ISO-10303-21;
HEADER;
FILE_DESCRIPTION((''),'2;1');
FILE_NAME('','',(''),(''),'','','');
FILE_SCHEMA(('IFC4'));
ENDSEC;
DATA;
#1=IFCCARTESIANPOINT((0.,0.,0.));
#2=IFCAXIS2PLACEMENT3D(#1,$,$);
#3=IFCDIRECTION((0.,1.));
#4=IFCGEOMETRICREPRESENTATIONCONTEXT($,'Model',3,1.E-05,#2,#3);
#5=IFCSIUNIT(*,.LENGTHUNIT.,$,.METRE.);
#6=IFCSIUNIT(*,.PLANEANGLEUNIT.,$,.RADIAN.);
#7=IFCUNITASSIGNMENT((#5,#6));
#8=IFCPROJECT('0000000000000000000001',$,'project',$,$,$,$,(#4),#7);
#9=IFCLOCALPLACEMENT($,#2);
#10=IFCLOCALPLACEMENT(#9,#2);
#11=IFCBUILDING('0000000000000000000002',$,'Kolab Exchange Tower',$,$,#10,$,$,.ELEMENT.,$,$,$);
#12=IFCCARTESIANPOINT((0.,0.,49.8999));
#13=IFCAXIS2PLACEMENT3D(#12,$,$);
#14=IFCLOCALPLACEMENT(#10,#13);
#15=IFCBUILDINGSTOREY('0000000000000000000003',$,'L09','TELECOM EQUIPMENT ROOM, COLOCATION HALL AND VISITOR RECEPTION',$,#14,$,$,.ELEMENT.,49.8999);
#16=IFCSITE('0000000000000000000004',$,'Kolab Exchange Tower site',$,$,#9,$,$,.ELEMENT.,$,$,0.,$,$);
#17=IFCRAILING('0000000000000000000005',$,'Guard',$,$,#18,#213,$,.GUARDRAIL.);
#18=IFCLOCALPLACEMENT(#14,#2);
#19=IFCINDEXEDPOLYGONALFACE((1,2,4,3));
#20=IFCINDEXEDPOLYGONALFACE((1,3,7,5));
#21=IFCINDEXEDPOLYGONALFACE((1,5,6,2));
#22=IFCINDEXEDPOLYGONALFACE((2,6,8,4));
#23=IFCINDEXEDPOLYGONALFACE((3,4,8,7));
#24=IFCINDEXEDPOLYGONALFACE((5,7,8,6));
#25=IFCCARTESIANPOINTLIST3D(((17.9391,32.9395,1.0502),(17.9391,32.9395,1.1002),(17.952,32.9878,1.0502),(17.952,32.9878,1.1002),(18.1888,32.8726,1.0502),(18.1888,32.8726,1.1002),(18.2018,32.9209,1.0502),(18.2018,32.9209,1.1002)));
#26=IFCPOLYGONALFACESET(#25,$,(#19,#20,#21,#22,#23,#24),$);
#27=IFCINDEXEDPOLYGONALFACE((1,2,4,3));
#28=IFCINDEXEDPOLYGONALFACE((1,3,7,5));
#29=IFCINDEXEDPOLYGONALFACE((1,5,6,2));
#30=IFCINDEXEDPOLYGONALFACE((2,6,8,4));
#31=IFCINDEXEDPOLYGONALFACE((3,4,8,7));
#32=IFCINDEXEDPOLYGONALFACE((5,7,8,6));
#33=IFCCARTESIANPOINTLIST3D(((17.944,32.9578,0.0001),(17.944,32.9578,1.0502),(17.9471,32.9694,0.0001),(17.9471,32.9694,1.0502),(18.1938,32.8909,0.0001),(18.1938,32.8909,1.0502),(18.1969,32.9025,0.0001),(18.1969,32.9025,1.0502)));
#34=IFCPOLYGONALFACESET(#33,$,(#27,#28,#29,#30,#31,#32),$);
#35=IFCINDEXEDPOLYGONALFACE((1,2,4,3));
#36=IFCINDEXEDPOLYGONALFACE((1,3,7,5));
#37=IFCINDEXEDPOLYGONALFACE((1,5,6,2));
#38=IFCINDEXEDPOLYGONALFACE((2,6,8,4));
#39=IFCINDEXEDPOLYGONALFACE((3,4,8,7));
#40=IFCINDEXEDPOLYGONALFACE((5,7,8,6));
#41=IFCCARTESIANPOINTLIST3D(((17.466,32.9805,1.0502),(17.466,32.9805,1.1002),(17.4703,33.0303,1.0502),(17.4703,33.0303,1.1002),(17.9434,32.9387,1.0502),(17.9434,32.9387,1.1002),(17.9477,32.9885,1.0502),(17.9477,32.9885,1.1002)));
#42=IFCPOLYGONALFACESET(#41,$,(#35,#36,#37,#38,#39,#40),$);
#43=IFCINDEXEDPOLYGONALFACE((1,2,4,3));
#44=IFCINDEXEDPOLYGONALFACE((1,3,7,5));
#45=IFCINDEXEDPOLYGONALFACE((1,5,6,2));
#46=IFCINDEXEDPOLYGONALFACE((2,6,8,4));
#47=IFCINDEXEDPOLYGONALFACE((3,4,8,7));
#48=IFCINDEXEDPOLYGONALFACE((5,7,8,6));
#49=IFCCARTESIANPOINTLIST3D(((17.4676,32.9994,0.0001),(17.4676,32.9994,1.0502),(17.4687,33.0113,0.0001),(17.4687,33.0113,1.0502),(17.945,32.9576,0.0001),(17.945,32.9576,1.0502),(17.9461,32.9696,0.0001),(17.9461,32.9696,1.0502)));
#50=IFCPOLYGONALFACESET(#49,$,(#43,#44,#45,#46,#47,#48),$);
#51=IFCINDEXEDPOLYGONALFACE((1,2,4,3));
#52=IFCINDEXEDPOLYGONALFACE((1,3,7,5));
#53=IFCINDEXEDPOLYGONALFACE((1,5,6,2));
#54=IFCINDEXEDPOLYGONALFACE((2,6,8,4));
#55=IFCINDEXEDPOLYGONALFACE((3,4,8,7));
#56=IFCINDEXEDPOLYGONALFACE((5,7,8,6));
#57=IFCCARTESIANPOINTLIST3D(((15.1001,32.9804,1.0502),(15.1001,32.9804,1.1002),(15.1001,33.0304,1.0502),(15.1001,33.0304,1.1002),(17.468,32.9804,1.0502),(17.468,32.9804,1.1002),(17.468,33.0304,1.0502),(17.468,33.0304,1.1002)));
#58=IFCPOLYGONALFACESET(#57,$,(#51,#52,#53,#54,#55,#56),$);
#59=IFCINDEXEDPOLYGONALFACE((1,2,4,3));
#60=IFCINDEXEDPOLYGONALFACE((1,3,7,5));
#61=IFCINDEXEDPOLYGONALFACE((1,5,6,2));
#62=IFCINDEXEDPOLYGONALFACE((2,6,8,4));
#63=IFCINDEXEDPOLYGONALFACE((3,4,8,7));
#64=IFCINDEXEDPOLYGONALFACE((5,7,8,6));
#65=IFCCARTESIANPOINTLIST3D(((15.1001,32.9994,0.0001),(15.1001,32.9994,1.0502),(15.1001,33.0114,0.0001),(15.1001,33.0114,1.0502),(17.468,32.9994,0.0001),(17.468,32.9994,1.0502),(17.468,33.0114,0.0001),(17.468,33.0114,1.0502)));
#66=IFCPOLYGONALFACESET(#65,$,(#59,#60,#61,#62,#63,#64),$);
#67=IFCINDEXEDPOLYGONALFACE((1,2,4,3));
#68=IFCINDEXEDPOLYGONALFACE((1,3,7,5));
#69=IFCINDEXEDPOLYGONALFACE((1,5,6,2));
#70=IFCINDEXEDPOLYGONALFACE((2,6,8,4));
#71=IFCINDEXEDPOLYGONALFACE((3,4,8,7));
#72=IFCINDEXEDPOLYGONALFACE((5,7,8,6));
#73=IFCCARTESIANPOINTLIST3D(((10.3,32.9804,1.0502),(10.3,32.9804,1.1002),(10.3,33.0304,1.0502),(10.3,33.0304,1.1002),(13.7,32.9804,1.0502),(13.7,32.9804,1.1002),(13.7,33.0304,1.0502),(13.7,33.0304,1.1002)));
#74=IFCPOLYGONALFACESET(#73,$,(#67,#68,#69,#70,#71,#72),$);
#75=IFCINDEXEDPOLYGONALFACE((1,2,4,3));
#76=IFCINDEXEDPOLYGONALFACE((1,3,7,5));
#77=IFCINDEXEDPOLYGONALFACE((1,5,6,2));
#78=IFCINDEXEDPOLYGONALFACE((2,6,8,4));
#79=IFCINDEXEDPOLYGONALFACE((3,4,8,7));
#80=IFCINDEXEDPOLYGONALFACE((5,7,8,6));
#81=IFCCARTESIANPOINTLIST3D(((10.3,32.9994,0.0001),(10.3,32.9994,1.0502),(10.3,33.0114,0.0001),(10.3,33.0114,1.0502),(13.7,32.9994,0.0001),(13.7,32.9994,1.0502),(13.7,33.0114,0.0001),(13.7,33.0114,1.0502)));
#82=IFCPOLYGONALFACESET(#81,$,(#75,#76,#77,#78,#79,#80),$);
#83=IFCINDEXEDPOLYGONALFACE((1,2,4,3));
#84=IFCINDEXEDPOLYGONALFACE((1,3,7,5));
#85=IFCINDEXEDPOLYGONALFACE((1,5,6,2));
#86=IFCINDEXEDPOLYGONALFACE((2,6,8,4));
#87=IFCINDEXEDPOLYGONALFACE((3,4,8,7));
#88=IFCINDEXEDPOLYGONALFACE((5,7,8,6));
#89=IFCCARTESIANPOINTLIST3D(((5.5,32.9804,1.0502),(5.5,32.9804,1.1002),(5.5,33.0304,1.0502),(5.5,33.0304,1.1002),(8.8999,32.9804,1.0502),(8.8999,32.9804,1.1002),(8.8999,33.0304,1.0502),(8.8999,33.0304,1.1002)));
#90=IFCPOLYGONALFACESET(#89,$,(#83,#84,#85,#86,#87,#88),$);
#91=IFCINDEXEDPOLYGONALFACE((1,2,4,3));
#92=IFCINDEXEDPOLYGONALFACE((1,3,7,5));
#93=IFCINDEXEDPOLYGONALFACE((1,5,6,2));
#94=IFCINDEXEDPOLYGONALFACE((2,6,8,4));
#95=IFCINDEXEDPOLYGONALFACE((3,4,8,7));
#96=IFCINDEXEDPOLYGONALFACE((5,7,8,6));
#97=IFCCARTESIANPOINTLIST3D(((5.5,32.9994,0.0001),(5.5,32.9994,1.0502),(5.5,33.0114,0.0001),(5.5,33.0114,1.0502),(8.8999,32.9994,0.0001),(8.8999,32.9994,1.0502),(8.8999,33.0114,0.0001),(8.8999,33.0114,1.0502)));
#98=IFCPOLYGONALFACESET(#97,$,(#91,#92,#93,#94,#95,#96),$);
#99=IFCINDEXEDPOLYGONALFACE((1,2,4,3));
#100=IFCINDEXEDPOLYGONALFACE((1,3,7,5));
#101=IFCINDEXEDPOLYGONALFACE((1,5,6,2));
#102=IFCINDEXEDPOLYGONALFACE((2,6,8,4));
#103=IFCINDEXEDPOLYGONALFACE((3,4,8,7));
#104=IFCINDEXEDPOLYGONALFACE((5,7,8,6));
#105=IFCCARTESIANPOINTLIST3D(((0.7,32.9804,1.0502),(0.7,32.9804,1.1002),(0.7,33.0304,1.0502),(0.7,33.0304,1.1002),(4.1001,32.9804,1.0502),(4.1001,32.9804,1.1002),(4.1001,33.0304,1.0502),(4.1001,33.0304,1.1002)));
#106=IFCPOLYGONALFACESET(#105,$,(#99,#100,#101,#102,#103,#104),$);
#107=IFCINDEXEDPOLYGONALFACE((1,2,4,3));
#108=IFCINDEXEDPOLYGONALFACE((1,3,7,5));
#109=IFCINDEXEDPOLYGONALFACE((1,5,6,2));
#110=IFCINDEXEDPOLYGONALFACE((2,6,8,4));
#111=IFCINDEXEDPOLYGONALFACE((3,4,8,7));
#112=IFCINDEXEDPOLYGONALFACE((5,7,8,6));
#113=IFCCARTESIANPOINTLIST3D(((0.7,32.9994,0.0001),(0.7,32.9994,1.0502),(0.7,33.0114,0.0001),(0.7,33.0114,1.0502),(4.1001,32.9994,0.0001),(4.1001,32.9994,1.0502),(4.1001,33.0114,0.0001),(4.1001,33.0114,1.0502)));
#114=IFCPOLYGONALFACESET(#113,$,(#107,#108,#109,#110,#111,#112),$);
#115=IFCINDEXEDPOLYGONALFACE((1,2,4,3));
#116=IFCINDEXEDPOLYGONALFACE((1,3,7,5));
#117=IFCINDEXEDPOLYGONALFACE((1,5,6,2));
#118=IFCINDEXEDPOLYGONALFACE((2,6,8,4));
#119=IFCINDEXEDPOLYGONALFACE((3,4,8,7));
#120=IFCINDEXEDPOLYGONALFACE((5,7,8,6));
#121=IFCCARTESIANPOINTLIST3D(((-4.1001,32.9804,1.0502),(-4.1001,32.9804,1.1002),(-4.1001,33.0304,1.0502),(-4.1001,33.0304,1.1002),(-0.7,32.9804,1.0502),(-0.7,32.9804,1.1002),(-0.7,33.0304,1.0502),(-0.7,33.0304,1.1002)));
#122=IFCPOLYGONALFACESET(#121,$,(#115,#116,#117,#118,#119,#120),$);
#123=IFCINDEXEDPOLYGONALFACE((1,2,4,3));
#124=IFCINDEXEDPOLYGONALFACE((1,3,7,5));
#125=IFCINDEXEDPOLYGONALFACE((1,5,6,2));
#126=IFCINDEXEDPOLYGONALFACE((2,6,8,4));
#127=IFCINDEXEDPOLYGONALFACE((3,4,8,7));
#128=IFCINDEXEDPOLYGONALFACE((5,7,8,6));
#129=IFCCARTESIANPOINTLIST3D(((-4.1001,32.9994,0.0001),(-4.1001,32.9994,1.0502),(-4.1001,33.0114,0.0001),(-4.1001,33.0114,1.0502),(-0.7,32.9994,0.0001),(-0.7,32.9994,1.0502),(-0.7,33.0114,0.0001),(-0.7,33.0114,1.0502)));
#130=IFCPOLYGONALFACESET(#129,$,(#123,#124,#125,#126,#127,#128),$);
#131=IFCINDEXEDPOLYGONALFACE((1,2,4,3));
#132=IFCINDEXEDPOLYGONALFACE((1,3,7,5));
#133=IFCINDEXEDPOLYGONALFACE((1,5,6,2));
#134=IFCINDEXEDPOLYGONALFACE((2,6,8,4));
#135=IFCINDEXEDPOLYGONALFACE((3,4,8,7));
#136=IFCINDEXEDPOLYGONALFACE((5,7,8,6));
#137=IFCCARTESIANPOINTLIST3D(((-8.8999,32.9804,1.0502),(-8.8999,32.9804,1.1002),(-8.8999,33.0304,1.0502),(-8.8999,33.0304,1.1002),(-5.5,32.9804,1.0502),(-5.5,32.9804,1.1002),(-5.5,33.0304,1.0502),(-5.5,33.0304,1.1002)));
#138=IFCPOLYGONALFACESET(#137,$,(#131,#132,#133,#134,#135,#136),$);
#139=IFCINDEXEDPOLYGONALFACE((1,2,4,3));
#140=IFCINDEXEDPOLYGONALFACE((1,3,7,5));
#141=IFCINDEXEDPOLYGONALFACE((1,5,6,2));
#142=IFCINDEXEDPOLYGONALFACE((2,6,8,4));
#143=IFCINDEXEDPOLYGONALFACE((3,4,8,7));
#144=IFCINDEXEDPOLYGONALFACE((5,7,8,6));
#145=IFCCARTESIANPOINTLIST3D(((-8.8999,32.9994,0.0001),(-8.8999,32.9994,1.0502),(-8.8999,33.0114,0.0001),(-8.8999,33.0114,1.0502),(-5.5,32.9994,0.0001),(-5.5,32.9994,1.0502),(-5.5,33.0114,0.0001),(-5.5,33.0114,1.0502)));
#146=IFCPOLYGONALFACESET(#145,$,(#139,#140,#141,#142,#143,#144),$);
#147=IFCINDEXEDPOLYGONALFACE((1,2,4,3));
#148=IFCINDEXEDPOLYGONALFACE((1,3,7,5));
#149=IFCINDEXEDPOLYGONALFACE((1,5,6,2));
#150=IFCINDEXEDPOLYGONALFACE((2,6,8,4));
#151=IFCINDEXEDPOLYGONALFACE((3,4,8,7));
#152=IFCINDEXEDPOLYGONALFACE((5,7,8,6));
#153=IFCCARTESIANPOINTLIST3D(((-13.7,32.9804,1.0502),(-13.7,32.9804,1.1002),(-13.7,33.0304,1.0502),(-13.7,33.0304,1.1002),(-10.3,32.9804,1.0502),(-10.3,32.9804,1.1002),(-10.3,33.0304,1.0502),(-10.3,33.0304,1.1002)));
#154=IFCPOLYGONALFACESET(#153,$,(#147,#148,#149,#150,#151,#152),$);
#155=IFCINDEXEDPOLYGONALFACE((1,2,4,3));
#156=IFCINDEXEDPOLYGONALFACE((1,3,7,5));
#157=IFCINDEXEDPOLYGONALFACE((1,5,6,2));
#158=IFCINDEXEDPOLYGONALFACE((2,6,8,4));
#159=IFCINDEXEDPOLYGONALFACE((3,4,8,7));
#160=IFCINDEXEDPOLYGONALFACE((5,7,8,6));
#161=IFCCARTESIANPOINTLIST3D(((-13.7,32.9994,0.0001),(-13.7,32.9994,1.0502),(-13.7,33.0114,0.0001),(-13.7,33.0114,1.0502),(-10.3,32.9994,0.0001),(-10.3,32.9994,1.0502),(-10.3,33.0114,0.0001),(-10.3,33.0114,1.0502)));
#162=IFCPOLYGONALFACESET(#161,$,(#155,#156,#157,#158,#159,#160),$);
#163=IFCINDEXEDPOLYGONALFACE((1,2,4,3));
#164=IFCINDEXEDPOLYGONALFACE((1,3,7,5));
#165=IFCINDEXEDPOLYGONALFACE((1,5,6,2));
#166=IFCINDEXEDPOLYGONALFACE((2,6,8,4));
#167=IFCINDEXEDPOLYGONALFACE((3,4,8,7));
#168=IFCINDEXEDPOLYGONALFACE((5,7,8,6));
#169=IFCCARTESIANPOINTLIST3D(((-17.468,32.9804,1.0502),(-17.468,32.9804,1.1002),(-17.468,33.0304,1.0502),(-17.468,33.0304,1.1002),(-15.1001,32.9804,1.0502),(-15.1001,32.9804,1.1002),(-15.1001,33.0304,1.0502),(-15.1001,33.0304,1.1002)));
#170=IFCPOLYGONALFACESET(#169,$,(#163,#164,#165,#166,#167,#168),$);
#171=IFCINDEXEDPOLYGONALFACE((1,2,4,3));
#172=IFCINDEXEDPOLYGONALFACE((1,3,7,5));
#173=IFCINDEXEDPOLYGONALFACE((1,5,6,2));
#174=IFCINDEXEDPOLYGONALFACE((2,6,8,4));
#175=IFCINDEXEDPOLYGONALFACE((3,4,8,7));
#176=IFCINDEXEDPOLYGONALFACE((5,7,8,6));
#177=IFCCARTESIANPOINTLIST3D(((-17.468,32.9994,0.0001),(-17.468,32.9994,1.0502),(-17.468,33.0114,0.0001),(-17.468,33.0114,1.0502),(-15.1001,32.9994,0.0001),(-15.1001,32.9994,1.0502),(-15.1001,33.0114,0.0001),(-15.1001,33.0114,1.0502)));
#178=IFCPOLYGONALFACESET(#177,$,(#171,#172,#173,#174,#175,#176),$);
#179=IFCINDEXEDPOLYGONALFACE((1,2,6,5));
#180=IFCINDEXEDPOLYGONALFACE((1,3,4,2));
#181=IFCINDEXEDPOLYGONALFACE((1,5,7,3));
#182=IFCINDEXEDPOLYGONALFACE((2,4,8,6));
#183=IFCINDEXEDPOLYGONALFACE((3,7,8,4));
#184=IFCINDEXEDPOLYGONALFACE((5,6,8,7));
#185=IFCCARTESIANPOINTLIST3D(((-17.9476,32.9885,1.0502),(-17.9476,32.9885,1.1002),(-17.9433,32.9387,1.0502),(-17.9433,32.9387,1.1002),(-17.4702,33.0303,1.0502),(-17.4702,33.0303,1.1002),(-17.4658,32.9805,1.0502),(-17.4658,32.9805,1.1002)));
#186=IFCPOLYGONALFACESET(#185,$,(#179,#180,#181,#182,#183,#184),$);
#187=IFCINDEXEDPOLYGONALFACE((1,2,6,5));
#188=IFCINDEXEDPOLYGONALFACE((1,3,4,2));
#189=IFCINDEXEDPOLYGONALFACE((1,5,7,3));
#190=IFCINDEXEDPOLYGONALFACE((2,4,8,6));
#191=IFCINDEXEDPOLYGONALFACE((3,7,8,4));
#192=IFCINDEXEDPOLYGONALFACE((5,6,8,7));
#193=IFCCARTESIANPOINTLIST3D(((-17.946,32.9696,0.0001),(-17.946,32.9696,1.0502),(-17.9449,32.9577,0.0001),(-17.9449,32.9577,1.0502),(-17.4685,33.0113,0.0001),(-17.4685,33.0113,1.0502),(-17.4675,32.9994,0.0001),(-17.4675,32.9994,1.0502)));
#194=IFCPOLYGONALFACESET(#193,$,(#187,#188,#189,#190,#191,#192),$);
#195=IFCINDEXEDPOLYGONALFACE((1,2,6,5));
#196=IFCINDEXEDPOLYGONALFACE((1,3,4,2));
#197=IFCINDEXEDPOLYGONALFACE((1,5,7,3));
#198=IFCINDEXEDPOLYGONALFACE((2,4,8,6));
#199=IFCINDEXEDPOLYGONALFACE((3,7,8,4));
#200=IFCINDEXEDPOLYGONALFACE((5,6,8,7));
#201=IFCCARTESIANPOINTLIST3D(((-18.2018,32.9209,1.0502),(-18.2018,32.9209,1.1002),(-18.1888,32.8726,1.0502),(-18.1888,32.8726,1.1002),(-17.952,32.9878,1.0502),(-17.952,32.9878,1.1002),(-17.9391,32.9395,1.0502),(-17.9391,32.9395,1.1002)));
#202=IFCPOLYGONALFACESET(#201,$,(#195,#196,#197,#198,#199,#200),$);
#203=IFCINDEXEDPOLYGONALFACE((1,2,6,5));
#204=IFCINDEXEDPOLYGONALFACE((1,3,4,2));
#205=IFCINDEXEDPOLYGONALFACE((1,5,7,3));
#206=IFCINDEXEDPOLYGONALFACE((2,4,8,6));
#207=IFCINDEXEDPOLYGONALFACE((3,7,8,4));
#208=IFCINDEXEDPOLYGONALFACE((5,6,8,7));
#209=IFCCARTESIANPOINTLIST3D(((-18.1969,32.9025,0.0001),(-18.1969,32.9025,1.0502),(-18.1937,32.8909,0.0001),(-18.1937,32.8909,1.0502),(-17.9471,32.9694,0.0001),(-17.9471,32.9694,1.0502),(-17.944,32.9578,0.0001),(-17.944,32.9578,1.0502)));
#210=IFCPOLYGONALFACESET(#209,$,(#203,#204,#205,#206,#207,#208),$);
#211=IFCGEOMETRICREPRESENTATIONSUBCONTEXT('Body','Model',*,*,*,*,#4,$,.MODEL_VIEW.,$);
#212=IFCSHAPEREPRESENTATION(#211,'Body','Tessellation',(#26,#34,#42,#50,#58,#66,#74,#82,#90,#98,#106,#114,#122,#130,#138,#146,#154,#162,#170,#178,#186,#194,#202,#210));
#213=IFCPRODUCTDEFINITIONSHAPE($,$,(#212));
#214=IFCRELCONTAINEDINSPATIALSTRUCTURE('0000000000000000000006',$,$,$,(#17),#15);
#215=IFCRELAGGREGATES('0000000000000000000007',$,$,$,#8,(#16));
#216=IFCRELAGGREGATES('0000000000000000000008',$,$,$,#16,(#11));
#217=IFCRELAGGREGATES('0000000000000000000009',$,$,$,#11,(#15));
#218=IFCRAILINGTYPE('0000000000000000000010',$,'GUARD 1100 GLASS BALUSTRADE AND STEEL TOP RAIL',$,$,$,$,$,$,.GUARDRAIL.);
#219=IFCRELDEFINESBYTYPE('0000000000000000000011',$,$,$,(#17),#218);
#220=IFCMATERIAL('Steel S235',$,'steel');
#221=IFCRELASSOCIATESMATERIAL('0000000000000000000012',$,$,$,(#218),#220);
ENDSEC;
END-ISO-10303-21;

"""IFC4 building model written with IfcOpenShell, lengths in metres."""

from ifc_helpers import new_model, si_unit, direction, frame, frame_2d, origin, origin_2d, place, context, subcontext, project, spatial, rectangle, extrude, material, type_object, element, save


model = new_model("IFC4")

# Units and contexts
model_context = context("Model", 3, precision=1e-05, world=origin(), true_north=direction((0.0, 1.0)))
body_context = subcontext(model_context, "Body", "Model", "MODEL_VIEW")
ifc_project = project(units=[si_unit("LENGTHUNIT", "METRE"), si_unit("PLANEANGLEUNIT", "RADIAN")], contexts=[model_context])

# Site, building, storey
site_placement = place(None, origin())
site = spatial("IfcSite", under=ifc_project, at=site_placement, Name="Kolab Exchange Tower site", CompositionType="ELEMENT", RefElevation=0.0)
building_placement = place(site_placement, origin())
building = spatial("IfcBuilding", under=site, at=building_placement, Name="Kolab Exchange Tower", CompositionType="ELEMENT")
storey_placement = place(building_placement, frame((0.0, 0.0, 49.8999)))
storey = spatial("IfcBuildingStorey", under=building, at=storey_placement, Name="L09", Description="TELECOM EQUIPMENT ROOM, COLOCATION HALL AND VISITOR RECEPTION", CompositionType="ELEMENT", Elevation=49.8999)

# Railing
ifc_material_1 = material(Name="Steel S235", Category="steel")
railing_type = type_object("IfcRailingType", Name="GUARD 1100 GLASS BALUSTRADE AND STEEL TOP RAIL", PredefinedType="GUARDRAIL", material=ifc_material_1)
railing_placement = place(storey_placement, frame((18.1953, 32.8967, 0.0)))
element("IfcRailing", 1, at=railing_placement, inside=storey, type_object=railing_type, Name="Guard", PredefinedType="GUARDRAIL", context=body_context, shape_type="SweptSolid", body=[
    extrude(rectangle(XDim=0.05, YDim=0.05, at=origin_2d()), frame((0.0, 0.0, 1.0752), z_axis=(-0.965952, 0.25872, 0.0), x_axis=(-0.25872, -0.965952, 0.0)), (0.0, 0.0, 1.0), 0.2585),
    extrude(rectangle(XDim=0.012, YDim=1.0501, at=frame_2d((0.0, 0.5251))), frame((0.0, 0.0, 0.0), z_axis=(-0.965952, 0.25872, 0.0), x_axis=(-0.25872, -0.965952, 0.0)), (0.0, 0.0, 1.0), 0.2585),
    extrude(rectangle(XDim=0.05, YDim=0.05, at=origin_2d()), frame((-0.2498, 0.0669, 1.0752), z_axis=(-0.9962, 0.087091, 0.0), x_axis=(-0.087091, -0.9962, 0.0)), (0.0, 0.0, 1.0), 0.4792),
    extrude(rectangle(XDim=0.012, YDim=1.0501, at=frame_2d((0.0, 0.5251))), frame((-0.2498, 0.0669, 0.0), z_axis=(-0.9962, 0.087091, 0.0), x_axis=(-0.087091, -0.9962, 0.0)), (0.0, 0.0, 1.0), 0.4792),
    extrude(rectangle(XDim=0.05, YDim=0.05, at=origin_2d()), frame((-0.7273, 0.1086, 1.0752), z_axis=(-1.0, 0.0, 0.0), x_axis=(0.0, -1.0, 0.0)), (0.0, 0.0, 1.0), 2.3679),
    extrude(rectangle(XDim=0.012, YDim=1.0501, at=frame_2d((0.0, 0.5251))), frame((-0.7273, 0.1086, 0.0), z_axis=(-1.0, 0.0, 0.0), x_axis=(0.0, -1.0, 0.0)), (0.0, 0.0, 1.0), 2.3679),
    extrude(rectangle(XDim=0.05, YDim=0.05, at=origin_2d()), frame((-4.4954, 0.1086, 1.0752), z_axis=(-1.0, 0.0, 0.0), x_axis=(0.0, -1.0, 0.0)), (0.0, 0.0, 1.0), 3.3999),
    extrude(rectangle(XDim=0.012, YDim=1.0501, at=frame_2d((0.0, 0.5251))), frame((-4.4954, 0.1086, 0.0), z_axis=(-1.0, 0.0, 0.0), x_axis=(0.0, -1.0, 0.0)), (0.0, 0.0, 1.0), 3.3999),
    extrude(rectangle(XDim=0.05, YDim=0.05, at=origin_2d()), frame((-9.2954, 0.1086, 1.0752), z_axis=(-1.0, 0.0, 0.0), x_axis=(0.0, -1.0, 0.0)), (0.0, 0.0, 1.0), 3.3999),
    extrude(rectangle(XDim=0.012, YDim=1.0501, at=frame_2d((0.0, 0.5251))), frame((-9.2954, 0.1086, 0.0), z_axis=(-1.0, 0.0, 0.0), x_axis=(0.0, -1.0, 0.0)), (0.0, 0.0, 1.0), 3.3999),
    extrude(rectangle(XDim=0.05, YDim=0.05, at=origin_2d()), frame((-14.0952, 0.1086, 1.0752), z_axis=(-1.0, 0.0, 0.0), x_axis=(0.0, -1.0, 0.0)), (0.0, 0.0, 1.0), 3.4001),
    extrude(rectangle(XDim=0.012, YDim=1.0501, at=frame_2d((0.0, 0.5251))), frame((-14.0952, 0.1086, 0.0), z_axis=(-1.0, 0.0, 0.0), x_axis=(0.0, -1.0, 0.0)), (0.0, 0.0, 1.0), 3.4001),
    extrude(rectangle(XDim=0.05, YDim=0.05, at=origin_2d()), frame((-18.8953, 0.1086, 1.0752), z_axis=(-1.0, 0.0, 0.0), x_axis=(0.0, -1.0, 0.0)), (0.0, 0.0, 1.0), 3.4001),
    extrude(rectangle(XDim=0.012, YDim=1.0501, at=frame_2d((0.0, 0.5251))), frame((-18.8953, 0.1086, 0.0), z_axis=(-1.0, 0.0, 0.0), x_axis=(0.0, -1.0, 0.0)), (0.0, 0.0, 1.0), 3.4001),
    extrude(rectangle(XDim=0.05, YDim=0.05, at=origin_2d()), frame((-23.6953, 0.1086, 1.0752), z_axis=(-1.0, 0.0, 0.0), x_axis=(0.0, -1.0, 0.0)), (0.0, 0.0, 1.0), 3.3999),
    extrude(rectangle(XDim=0.012, YDim=1.0501, at=frame_2d((0.0, 0.5251))), frame((-23.6953, 0.1086, 0.0), z_axis=(-1.0, 0.0, 0.0), x_axis=(0.0, -1.0, 0.0)), (0.0, 0.0, 1.0), 3.3999),
    extrude(rectangle(XDim=0.05, YDim=0.05, at=origin_2d()), frame((-28.4954, 0.1086, 1.0752), z_axis=(-1.0, 0.0, 0.0), x_axis=(0.0, -1.0, 0.0)), (0.0, 0.0, 1.0), 3.3999),
    extrude(rectangle(XDim=0.012, YDim=1.0501, at=frame_2d((0.0, 0.5251))), frame((-28.4954, 0.1086, 0.0), z_axis=(-1.0, 0.0, 0.0), x_axis=(0.0, -1.0, 0.0)), (0.0, 0.0, 1.0), 3.3999),
    extrude(rectangle(XDim=0.05, YDim=0.05, at=origin_2d()), frame((-33.2954, 0.1086, 1.0752), z_axis=(-1.0, 0.0, 0.0), x_axis=(0.0, -1.0, 0.0)), (0.0, 0.0, 1.0), 2.3679),
    extrude(rectangle(XDim=0.012, YDim=1.0501, at=frame_2d((0.0, 0.5251))), frame((-33.2954, 0.1086, 0.0), z_axis=(-1.0, 0.0, 0.0), x_axis=(0.0, -1.0, 0.0)), (0.0, 0.0, 1.0), 2.3679),
    extrude(rectangle(XDim=0.05, YDim=0.05, at=origin_2d()), frame((-35.6633, 0.1086, 1.0752), z_axis=(-0.9962, -0.087091, 0.0), x_axis=(0.087091, -0.9962, 0.0)), (0.0, 0.0, 1.0), 0.4792),
    extrude(rectangle(XDim=0.012, YDim=1.0501, at=frame_2d((0.0, 0.5251))), frame((-35.6633, 0.1086, 0.0), z_axis=(-0.9962, -0.087091, 0.0), x_axis=(0.087091, -0.9962, 0.0)), (0.0, 0.0, 1.0), 0.4792),
    extrude(rectangle(XDim=0.05, YDim=0.05, at=origin_2d()), frame((-36.1409, 0.0669, 1.0752), z_axis=(-0.965952, -0.25872, 0.0), x_axis=(0.25872, -0.965952, 0.0)), (0.0, 0.0, 1.0), 0.2585),
    extrude(rectangle(XDim=0.012, YDim=1.0501, at=frame_2d((0.0, 0.5251))), frame((-36.1409, 0.0669, 0.0), z_axis=(-0.965952, -0.25872, 0.0), x_axis=(0.25872, -0.965952, 0.0)), (0.0, 0.0, 1.0), 0.2585),
])

save(model, "model.ifc")
